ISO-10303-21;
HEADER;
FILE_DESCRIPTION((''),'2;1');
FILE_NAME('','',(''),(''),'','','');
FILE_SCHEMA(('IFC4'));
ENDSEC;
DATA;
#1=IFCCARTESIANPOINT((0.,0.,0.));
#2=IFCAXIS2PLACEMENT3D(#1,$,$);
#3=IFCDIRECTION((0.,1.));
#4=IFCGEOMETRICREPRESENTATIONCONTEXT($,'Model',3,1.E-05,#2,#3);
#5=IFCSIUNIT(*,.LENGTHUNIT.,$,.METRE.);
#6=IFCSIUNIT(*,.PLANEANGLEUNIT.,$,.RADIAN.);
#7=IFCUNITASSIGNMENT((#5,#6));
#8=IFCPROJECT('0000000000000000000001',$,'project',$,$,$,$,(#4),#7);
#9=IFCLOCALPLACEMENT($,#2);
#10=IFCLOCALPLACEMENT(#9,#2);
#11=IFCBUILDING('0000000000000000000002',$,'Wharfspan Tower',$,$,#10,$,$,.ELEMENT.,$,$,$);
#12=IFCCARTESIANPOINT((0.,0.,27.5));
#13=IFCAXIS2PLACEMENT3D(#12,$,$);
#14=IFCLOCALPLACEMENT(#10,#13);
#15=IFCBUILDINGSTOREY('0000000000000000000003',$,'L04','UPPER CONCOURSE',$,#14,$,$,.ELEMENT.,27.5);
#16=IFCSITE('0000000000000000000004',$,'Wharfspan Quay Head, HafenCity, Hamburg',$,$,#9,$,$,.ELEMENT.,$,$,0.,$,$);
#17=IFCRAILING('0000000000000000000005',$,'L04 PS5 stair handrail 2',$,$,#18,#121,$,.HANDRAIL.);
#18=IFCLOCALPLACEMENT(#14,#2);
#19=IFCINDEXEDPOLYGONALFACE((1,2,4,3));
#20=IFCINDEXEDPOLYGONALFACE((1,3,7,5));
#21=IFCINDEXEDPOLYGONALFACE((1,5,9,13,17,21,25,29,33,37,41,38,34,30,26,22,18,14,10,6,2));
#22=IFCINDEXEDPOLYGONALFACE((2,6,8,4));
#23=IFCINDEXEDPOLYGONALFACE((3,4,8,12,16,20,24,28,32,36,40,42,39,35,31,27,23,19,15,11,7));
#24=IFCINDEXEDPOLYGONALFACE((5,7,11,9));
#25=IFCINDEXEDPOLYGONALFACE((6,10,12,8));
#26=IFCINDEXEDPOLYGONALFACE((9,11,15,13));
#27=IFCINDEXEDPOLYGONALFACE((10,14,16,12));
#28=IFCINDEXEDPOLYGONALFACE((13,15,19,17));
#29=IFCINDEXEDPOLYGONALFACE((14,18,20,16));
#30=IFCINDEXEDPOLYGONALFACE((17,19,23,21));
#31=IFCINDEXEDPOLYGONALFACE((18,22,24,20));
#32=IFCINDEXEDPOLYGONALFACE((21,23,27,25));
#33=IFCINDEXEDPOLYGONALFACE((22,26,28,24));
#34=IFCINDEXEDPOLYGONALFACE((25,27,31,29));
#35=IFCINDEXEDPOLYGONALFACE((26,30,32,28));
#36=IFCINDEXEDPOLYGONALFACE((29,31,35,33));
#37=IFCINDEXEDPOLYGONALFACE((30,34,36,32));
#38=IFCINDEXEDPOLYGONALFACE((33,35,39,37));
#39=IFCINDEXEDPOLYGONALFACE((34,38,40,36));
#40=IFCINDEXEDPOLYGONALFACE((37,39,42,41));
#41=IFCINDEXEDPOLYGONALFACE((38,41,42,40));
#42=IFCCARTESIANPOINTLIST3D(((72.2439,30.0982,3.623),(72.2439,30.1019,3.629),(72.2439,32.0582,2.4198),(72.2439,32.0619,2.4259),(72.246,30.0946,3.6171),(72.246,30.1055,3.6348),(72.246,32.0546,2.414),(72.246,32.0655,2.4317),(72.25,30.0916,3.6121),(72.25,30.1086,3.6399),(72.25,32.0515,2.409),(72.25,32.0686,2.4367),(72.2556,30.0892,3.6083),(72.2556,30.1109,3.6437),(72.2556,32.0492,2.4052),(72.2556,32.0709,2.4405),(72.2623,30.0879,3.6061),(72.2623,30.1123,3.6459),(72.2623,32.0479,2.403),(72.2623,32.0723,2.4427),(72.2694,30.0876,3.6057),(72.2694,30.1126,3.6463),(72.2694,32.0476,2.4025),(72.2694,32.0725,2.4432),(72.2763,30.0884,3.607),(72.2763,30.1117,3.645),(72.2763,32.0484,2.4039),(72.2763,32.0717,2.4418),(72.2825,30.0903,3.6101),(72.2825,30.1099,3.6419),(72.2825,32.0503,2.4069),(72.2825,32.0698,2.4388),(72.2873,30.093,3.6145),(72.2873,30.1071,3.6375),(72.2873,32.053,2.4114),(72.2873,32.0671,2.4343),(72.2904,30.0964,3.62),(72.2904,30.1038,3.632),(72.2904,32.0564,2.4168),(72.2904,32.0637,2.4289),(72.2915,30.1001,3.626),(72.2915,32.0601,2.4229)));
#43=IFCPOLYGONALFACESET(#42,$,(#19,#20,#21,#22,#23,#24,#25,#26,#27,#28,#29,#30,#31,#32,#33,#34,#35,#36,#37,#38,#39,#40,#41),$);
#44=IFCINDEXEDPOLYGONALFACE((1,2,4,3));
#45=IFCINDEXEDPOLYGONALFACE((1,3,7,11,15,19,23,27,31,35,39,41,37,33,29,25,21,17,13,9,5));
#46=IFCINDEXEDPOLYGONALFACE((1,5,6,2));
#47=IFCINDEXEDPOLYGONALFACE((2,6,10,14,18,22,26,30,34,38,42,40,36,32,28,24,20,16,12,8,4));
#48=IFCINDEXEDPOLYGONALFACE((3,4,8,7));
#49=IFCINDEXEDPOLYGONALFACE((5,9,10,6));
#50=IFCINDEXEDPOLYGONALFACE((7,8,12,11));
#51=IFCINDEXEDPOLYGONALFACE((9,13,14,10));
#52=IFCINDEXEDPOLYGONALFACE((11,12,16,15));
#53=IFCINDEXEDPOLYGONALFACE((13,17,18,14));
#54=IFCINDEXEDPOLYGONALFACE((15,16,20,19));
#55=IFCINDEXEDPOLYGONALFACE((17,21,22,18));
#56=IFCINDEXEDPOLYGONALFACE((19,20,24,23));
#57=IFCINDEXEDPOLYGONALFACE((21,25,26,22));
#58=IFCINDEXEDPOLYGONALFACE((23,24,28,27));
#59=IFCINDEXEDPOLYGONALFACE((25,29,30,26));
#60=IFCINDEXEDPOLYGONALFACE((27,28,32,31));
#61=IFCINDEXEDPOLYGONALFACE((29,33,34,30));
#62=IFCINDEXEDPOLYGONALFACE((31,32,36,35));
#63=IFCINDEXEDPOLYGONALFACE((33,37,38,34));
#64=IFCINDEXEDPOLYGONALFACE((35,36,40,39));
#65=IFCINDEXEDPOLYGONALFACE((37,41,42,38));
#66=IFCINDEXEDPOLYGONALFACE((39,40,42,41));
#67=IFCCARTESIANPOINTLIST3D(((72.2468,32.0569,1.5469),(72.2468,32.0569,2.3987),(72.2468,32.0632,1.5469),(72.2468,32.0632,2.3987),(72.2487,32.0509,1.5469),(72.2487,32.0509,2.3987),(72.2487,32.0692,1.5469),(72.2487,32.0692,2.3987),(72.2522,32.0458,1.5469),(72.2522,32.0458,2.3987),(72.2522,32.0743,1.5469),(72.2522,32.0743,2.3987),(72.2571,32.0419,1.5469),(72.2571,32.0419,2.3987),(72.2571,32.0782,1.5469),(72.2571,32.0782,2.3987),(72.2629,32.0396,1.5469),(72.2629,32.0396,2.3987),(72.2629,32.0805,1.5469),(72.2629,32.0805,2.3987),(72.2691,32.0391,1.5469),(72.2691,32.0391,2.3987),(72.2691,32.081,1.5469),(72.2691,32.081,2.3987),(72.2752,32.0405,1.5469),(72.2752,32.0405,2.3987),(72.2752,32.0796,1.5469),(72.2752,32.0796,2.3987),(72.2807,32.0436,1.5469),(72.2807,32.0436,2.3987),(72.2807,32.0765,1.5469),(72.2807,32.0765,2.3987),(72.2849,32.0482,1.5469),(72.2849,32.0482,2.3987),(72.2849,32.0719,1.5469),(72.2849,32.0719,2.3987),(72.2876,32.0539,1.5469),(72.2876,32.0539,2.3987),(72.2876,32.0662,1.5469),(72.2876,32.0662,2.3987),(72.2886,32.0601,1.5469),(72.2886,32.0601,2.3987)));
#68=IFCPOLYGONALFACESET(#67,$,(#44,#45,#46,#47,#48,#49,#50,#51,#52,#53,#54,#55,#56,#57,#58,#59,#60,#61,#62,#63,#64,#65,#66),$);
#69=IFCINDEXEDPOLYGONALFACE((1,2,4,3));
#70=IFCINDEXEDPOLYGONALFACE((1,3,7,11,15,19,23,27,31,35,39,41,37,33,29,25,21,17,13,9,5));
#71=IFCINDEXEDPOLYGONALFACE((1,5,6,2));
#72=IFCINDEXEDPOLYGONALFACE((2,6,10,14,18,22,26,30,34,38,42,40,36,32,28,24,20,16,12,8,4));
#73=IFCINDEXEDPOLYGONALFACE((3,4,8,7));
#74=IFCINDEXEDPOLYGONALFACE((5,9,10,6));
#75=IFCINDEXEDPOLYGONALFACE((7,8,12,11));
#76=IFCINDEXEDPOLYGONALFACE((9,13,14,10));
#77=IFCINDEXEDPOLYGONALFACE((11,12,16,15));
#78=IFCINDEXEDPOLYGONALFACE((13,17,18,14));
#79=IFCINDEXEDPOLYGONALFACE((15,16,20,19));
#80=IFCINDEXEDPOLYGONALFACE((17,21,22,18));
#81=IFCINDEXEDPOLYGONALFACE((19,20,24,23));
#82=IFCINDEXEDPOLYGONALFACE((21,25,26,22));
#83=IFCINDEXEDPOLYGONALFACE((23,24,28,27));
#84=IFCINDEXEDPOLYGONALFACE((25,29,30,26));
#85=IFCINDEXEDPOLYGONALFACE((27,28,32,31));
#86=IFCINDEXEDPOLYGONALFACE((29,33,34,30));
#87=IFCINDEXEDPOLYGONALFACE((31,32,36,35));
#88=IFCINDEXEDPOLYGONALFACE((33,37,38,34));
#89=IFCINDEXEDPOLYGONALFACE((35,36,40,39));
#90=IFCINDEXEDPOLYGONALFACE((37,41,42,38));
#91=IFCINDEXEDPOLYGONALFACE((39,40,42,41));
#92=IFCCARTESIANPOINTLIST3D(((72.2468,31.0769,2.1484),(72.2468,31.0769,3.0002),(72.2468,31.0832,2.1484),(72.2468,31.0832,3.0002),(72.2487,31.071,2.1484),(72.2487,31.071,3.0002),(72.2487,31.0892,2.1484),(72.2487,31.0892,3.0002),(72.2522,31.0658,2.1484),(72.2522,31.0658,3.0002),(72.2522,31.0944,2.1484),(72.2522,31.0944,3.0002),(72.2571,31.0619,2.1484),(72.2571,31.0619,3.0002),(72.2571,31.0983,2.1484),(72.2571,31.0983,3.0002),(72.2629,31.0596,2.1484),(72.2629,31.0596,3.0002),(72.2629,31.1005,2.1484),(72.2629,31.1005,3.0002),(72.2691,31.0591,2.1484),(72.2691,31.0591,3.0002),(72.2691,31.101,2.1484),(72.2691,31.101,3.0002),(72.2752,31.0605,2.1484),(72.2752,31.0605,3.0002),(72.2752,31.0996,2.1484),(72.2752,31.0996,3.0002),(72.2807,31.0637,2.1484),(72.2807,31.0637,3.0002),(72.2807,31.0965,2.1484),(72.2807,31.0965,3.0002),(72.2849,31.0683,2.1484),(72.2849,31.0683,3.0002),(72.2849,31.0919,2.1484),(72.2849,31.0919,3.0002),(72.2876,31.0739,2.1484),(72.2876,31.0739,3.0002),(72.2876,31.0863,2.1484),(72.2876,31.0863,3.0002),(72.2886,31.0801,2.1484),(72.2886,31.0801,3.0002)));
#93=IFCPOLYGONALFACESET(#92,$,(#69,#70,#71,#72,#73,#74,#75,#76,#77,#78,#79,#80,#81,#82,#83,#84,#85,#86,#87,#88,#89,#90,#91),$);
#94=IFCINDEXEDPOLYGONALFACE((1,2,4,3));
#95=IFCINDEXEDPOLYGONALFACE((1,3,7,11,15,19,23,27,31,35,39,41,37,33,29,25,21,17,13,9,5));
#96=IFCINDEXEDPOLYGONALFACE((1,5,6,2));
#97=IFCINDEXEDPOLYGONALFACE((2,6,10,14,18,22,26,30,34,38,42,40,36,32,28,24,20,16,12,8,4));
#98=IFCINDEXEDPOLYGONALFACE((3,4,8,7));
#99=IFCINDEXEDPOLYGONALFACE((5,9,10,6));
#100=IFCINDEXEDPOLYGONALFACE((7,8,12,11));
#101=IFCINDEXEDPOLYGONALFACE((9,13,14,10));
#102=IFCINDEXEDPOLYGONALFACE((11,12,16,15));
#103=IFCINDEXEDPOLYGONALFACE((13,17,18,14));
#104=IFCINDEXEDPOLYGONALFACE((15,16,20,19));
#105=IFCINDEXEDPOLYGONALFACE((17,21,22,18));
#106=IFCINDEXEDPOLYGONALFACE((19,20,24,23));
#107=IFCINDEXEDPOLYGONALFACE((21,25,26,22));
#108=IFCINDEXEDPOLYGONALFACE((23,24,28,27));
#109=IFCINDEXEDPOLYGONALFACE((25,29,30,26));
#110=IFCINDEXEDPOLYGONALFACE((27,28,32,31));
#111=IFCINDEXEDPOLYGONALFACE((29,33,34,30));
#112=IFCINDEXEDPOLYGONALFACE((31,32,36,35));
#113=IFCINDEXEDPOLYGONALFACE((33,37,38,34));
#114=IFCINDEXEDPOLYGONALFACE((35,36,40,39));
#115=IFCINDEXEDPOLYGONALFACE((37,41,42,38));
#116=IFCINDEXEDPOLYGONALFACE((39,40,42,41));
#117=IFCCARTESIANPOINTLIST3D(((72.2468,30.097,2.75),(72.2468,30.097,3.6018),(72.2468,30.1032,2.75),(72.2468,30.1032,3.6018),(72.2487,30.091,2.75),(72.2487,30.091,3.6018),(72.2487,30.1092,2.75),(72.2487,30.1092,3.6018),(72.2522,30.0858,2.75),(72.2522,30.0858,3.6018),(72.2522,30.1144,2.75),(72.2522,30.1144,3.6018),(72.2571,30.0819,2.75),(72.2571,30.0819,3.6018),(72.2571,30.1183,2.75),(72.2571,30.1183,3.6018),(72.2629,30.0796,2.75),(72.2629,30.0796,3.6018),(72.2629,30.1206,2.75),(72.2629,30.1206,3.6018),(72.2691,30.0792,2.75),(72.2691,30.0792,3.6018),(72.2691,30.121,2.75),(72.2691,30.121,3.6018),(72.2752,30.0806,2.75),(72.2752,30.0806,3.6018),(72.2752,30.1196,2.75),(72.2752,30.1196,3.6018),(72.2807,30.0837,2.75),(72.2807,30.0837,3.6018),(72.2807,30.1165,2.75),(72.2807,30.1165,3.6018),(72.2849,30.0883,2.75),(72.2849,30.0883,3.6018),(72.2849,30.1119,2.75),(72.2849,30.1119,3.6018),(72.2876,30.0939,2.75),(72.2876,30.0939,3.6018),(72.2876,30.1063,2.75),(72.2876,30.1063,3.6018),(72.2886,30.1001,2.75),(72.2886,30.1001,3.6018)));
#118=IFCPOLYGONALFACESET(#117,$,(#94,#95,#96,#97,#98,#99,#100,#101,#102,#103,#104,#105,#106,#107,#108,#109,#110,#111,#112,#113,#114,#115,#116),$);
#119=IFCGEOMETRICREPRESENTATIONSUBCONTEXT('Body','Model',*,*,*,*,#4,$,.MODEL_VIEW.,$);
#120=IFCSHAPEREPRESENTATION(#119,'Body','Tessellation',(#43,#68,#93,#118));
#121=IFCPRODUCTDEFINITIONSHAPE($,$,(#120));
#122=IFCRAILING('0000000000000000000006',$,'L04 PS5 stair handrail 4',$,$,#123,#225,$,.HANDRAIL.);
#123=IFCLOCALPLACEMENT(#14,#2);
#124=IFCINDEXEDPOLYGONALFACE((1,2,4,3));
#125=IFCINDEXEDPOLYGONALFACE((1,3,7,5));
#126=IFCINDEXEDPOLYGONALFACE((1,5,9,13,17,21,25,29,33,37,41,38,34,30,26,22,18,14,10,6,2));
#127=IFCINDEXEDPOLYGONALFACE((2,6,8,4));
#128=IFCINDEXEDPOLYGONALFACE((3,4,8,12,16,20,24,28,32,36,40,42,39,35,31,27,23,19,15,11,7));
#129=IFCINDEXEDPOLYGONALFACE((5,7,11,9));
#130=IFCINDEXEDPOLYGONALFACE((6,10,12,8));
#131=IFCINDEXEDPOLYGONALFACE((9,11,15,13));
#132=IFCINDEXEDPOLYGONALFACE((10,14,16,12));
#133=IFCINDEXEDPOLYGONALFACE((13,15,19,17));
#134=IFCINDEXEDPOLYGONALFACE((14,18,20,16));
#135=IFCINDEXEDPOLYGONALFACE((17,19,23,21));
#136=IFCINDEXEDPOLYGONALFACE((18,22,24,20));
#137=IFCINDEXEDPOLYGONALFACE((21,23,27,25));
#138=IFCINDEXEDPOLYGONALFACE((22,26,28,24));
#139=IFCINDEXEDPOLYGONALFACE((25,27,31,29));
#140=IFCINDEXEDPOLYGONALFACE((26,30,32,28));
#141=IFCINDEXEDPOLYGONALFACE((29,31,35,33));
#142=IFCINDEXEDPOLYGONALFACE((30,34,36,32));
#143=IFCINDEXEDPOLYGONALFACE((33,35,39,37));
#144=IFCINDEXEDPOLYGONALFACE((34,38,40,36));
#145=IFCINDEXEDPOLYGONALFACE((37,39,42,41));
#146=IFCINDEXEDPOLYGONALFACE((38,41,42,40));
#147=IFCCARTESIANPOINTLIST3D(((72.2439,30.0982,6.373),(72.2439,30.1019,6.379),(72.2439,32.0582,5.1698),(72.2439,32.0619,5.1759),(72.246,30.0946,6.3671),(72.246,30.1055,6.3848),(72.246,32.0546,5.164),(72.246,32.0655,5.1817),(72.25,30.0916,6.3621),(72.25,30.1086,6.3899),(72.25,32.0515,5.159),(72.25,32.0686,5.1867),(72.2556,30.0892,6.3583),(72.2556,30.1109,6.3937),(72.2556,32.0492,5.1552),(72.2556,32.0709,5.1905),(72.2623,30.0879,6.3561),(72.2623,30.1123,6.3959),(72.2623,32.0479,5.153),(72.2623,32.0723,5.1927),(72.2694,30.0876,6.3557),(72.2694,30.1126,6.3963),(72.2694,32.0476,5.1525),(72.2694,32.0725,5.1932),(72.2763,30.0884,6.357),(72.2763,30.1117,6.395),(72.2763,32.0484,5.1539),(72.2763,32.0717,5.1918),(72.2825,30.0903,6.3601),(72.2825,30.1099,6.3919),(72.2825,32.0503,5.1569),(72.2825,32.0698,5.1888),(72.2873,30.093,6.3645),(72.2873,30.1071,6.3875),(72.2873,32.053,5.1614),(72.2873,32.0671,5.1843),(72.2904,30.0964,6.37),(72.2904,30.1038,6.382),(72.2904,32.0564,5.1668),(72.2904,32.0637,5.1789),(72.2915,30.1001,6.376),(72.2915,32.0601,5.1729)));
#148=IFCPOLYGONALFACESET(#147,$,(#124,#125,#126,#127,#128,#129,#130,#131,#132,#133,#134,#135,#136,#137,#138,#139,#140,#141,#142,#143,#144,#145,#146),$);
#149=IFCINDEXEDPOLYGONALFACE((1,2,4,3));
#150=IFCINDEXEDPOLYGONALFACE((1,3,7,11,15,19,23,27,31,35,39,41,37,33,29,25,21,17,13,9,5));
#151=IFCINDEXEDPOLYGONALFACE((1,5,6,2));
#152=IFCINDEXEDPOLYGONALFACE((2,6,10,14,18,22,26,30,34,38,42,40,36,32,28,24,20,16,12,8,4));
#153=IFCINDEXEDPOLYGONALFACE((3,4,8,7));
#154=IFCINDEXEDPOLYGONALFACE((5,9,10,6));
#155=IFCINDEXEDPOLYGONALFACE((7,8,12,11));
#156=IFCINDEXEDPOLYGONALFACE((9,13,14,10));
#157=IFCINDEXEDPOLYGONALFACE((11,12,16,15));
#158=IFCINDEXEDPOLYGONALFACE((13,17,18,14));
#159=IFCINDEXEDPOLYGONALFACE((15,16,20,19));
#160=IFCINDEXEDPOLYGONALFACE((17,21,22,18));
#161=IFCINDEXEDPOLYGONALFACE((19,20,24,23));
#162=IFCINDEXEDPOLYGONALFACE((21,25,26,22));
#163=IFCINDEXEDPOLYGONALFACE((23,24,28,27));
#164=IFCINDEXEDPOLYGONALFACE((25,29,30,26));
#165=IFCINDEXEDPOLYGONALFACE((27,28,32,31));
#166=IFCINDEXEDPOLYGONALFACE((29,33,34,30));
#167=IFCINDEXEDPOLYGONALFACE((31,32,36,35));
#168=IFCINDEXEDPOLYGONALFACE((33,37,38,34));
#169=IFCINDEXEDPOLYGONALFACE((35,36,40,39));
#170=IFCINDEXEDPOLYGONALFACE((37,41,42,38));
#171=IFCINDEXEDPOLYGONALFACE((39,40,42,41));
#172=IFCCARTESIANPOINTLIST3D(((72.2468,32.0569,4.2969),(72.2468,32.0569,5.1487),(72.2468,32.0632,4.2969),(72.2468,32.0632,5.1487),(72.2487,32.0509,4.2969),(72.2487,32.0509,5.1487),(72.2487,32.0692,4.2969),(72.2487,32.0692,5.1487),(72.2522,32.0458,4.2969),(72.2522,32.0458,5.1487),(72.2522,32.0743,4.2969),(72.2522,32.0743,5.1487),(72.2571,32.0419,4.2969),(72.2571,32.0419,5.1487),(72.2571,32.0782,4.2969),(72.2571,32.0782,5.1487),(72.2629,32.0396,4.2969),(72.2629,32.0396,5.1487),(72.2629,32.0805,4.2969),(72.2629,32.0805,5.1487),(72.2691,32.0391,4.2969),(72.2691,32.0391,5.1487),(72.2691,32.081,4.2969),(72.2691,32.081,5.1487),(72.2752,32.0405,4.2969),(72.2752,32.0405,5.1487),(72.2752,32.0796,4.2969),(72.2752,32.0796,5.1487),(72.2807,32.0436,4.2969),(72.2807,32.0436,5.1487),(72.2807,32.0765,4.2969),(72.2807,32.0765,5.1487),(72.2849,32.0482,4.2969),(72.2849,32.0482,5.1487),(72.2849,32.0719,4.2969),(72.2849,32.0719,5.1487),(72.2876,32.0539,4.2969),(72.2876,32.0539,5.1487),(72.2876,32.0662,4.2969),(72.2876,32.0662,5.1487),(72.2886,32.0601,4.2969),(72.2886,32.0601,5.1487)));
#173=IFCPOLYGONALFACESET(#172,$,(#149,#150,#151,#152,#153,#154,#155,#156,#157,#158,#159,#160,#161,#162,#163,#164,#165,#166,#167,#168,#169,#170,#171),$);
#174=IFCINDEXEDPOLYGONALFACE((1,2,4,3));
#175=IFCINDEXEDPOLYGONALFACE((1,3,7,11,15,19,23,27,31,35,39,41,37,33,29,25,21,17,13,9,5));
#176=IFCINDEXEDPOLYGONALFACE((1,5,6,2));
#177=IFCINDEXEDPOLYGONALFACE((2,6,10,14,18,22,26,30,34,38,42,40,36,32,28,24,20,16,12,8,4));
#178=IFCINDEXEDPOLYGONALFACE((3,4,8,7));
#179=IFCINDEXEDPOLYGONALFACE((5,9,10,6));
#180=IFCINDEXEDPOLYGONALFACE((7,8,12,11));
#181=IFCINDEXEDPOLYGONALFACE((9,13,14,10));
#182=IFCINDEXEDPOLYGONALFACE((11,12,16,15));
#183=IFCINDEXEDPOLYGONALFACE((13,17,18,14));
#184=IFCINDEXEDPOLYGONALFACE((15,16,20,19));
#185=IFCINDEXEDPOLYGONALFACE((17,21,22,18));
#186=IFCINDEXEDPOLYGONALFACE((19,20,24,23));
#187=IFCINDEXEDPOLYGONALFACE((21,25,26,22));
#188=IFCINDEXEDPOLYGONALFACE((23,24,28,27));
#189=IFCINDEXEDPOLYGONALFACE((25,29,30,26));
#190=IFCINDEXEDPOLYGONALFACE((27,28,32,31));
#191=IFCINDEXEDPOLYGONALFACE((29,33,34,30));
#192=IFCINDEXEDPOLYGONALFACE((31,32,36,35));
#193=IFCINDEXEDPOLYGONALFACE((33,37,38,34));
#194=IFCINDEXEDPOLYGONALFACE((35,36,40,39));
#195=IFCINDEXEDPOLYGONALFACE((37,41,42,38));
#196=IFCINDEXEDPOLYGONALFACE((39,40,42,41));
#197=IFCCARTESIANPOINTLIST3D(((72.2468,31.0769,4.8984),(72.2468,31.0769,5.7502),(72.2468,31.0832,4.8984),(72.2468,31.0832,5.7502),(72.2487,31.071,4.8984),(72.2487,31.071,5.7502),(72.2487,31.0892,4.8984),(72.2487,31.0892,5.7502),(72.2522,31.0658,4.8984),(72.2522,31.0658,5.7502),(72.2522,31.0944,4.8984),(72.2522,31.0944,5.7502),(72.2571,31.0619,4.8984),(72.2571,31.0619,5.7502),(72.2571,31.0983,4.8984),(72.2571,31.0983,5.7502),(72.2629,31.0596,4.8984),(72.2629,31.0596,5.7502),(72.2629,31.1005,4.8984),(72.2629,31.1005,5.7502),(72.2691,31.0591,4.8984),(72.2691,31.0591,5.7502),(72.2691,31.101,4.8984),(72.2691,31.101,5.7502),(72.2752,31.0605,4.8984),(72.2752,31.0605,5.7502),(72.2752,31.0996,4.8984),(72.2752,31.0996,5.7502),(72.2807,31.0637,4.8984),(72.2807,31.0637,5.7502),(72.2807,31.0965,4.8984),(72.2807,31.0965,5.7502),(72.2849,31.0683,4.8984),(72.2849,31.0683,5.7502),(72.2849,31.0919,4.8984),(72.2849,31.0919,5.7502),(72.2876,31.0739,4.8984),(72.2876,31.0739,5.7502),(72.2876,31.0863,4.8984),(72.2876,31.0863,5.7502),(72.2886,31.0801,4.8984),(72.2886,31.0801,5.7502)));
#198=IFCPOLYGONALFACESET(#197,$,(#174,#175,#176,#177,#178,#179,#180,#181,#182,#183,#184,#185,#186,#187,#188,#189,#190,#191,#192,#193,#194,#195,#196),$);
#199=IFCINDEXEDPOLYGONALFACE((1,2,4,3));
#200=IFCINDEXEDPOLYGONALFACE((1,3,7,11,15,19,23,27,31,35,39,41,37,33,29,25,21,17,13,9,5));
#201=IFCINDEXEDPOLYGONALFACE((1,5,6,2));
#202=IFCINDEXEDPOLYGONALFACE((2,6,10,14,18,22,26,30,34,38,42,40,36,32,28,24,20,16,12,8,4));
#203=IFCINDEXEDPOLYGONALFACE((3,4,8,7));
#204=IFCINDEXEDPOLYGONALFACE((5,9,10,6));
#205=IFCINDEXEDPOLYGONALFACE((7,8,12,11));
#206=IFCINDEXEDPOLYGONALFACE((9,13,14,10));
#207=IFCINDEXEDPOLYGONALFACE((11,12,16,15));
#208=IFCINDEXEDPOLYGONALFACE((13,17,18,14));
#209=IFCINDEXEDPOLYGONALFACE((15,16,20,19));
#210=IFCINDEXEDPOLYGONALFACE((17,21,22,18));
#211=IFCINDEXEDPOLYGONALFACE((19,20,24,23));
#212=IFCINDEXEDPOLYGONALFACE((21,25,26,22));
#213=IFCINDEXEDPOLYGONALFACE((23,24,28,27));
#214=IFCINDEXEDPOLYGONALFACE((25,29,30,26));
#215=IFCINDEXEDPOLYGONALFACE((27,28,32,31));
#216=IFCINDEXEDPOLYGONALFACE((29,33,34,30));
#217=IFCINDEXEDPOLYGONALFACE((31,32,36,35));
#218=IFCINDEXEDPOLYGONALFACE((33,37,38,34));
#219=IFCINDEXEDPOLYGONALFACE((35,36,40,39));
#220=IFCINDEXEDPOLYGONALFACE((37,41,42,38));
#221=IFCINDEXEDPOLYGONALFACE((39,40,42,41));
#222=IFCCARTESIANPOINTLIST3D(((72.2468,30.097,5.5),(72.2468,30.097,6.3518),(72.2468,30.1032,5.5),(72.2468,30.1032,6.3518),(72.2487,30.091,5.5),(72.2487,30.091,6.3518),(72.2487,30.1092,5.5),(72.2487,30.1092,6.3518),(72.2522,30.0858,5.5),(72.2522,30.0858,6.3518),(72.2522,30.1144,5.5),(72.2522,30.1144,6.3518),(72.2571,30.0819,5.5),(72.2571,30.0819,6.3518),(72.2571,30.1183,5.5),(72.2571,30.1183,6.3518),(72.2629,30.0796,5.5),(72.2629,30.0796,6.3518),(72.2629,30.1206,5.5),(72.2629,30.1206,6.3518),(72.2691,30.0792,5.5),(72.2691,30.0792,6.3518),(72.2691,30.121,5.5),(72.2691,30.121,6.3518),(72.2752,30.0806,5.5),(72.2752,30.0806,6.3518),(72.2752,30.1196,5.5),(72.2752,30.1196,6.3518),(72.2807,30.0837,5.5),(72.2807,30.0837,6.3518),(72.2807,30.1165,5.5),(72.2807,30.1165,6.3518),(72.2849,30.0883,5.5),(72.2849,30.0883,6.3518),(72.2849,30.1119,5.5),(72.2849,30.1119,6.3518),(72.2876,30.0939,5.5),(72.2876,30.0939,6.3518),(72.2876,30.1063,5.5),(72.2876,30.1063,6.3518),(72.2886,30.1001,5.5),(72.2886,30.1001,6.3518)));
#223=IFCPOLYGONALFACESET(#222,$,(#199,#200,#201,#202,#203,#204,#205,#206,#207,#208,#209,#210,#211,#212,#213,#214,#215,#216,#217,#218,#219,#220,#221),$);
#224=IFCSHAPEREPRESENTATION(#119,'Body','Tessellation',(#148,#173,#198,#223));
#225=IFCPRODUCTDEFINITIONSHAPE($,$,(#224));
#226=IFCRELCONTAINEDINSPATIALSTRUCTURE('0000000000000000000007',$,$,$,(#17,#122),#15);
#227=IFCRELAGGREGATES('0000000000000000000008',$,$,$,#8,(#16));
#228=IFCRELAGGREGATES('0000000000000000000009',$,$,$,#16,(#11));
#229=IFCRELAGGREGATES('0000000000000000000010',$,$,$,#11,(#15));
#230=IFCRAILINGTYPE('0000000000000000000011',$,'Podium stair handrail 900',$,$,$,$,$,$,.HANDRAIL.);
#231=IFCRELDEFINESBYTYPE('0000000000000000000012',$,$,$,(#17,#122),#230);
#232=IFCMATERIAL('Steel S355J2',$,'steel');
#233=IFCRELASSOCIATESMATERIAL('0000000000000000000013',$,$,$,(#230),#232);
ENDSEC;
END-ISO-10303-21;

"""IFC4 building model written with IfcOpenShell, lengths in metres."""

from ifc_helpers import new_model, si_unit, direction, frame, origin, origin_2d, place, context, subcontext, project, spatial, circle, extrude, material, type_object, element, save


model = new_model("IFC4")

# Units and contexts
model_context = context("Model", 3, precision=1e-05, world=origin(), true_north=direction((0.0, 1.0)))
body_context = subcontext(model_context, "Body", "Model", "MODEL_VIEW")
ifc_project = project(units=[si_unit("LENGTHUNIT", "METRE"), si_unit("PLANEANGLEUNIT", "RADIAN")], contexts=[model_context])

# Site, building, storey
site_placement = place(None, origin())
site = spatial("IfcSite", under=ifc_project, at=site_placement, Name="Wharfspan Quay Head, HafenCity, Hamburg", CompositionType="ELEMENT", RefElevation=0.0)
building_placement = place(site_placement, origin())
building = spatial("IfcBuilding", under=site, at=building_placement, Name="Wharfspan Tower", CompositionType="ELEMENT")
storey_placement = place(building_placement, frame((0.0, 0.0, 27.5)))
storey = spatial("IfcBuildingStorey", under=building, at=storey_placement, Name="L04", Description="UPPER CONCOURSE", CompositionType="ELEMENT", Elevation=27.5)

# Railings
ifc_material_1 = material(Name="Steel S355J2", Category="steel")
railing_type_1 = type_object("IfcRailingType", Name="Podium stair handrail 900", PredefinedType="HANDRAIL", material=ifc_material_1)
for number, where, name in (
    (1, (72.2676, 32.0601, 1.5469), "L04 PS5 stair handrail 2"),
    (2, (72.2676, 32.0601, 4.2969), "L04 PS5 stair handrail 4"),
):
    element("IfcRailing", number, at=place(storey_placement, frame(where)), inside=storey, type_object=railing_type_1, Name=name, PredefinedType="HANDRAIL", context=body_context, shape_type="SweptSolid", body=[
        extrude(circle(Radius=0.0239, at=origin_2d()), frame((0.0, 0.0, 0.876), z_axis=(0.0, -0.852241, 0.523149), x_axis=(1.0, 0.0, 0.0)), (0.0, 0.0, 1.0), 2.2998),
        extrude(circle(Radius=0.021, at=origin_2d()), origin(), (0.0, 0.0, 1.0), 0.8518),
        extrude(circle(Radius=0.021, at=origin_2d()), frame((0.0, -0.98, 0.6016)), (0.0, 0.0, 1.0), 0.8518),
        extrude(circle(Radius=0.021, at=origin_2d()), frame((0.0, -1.96, 1.2031)), (0.0, 0.0, 1.0), 0.8518),
    ])

save(model, "model.ifc")
